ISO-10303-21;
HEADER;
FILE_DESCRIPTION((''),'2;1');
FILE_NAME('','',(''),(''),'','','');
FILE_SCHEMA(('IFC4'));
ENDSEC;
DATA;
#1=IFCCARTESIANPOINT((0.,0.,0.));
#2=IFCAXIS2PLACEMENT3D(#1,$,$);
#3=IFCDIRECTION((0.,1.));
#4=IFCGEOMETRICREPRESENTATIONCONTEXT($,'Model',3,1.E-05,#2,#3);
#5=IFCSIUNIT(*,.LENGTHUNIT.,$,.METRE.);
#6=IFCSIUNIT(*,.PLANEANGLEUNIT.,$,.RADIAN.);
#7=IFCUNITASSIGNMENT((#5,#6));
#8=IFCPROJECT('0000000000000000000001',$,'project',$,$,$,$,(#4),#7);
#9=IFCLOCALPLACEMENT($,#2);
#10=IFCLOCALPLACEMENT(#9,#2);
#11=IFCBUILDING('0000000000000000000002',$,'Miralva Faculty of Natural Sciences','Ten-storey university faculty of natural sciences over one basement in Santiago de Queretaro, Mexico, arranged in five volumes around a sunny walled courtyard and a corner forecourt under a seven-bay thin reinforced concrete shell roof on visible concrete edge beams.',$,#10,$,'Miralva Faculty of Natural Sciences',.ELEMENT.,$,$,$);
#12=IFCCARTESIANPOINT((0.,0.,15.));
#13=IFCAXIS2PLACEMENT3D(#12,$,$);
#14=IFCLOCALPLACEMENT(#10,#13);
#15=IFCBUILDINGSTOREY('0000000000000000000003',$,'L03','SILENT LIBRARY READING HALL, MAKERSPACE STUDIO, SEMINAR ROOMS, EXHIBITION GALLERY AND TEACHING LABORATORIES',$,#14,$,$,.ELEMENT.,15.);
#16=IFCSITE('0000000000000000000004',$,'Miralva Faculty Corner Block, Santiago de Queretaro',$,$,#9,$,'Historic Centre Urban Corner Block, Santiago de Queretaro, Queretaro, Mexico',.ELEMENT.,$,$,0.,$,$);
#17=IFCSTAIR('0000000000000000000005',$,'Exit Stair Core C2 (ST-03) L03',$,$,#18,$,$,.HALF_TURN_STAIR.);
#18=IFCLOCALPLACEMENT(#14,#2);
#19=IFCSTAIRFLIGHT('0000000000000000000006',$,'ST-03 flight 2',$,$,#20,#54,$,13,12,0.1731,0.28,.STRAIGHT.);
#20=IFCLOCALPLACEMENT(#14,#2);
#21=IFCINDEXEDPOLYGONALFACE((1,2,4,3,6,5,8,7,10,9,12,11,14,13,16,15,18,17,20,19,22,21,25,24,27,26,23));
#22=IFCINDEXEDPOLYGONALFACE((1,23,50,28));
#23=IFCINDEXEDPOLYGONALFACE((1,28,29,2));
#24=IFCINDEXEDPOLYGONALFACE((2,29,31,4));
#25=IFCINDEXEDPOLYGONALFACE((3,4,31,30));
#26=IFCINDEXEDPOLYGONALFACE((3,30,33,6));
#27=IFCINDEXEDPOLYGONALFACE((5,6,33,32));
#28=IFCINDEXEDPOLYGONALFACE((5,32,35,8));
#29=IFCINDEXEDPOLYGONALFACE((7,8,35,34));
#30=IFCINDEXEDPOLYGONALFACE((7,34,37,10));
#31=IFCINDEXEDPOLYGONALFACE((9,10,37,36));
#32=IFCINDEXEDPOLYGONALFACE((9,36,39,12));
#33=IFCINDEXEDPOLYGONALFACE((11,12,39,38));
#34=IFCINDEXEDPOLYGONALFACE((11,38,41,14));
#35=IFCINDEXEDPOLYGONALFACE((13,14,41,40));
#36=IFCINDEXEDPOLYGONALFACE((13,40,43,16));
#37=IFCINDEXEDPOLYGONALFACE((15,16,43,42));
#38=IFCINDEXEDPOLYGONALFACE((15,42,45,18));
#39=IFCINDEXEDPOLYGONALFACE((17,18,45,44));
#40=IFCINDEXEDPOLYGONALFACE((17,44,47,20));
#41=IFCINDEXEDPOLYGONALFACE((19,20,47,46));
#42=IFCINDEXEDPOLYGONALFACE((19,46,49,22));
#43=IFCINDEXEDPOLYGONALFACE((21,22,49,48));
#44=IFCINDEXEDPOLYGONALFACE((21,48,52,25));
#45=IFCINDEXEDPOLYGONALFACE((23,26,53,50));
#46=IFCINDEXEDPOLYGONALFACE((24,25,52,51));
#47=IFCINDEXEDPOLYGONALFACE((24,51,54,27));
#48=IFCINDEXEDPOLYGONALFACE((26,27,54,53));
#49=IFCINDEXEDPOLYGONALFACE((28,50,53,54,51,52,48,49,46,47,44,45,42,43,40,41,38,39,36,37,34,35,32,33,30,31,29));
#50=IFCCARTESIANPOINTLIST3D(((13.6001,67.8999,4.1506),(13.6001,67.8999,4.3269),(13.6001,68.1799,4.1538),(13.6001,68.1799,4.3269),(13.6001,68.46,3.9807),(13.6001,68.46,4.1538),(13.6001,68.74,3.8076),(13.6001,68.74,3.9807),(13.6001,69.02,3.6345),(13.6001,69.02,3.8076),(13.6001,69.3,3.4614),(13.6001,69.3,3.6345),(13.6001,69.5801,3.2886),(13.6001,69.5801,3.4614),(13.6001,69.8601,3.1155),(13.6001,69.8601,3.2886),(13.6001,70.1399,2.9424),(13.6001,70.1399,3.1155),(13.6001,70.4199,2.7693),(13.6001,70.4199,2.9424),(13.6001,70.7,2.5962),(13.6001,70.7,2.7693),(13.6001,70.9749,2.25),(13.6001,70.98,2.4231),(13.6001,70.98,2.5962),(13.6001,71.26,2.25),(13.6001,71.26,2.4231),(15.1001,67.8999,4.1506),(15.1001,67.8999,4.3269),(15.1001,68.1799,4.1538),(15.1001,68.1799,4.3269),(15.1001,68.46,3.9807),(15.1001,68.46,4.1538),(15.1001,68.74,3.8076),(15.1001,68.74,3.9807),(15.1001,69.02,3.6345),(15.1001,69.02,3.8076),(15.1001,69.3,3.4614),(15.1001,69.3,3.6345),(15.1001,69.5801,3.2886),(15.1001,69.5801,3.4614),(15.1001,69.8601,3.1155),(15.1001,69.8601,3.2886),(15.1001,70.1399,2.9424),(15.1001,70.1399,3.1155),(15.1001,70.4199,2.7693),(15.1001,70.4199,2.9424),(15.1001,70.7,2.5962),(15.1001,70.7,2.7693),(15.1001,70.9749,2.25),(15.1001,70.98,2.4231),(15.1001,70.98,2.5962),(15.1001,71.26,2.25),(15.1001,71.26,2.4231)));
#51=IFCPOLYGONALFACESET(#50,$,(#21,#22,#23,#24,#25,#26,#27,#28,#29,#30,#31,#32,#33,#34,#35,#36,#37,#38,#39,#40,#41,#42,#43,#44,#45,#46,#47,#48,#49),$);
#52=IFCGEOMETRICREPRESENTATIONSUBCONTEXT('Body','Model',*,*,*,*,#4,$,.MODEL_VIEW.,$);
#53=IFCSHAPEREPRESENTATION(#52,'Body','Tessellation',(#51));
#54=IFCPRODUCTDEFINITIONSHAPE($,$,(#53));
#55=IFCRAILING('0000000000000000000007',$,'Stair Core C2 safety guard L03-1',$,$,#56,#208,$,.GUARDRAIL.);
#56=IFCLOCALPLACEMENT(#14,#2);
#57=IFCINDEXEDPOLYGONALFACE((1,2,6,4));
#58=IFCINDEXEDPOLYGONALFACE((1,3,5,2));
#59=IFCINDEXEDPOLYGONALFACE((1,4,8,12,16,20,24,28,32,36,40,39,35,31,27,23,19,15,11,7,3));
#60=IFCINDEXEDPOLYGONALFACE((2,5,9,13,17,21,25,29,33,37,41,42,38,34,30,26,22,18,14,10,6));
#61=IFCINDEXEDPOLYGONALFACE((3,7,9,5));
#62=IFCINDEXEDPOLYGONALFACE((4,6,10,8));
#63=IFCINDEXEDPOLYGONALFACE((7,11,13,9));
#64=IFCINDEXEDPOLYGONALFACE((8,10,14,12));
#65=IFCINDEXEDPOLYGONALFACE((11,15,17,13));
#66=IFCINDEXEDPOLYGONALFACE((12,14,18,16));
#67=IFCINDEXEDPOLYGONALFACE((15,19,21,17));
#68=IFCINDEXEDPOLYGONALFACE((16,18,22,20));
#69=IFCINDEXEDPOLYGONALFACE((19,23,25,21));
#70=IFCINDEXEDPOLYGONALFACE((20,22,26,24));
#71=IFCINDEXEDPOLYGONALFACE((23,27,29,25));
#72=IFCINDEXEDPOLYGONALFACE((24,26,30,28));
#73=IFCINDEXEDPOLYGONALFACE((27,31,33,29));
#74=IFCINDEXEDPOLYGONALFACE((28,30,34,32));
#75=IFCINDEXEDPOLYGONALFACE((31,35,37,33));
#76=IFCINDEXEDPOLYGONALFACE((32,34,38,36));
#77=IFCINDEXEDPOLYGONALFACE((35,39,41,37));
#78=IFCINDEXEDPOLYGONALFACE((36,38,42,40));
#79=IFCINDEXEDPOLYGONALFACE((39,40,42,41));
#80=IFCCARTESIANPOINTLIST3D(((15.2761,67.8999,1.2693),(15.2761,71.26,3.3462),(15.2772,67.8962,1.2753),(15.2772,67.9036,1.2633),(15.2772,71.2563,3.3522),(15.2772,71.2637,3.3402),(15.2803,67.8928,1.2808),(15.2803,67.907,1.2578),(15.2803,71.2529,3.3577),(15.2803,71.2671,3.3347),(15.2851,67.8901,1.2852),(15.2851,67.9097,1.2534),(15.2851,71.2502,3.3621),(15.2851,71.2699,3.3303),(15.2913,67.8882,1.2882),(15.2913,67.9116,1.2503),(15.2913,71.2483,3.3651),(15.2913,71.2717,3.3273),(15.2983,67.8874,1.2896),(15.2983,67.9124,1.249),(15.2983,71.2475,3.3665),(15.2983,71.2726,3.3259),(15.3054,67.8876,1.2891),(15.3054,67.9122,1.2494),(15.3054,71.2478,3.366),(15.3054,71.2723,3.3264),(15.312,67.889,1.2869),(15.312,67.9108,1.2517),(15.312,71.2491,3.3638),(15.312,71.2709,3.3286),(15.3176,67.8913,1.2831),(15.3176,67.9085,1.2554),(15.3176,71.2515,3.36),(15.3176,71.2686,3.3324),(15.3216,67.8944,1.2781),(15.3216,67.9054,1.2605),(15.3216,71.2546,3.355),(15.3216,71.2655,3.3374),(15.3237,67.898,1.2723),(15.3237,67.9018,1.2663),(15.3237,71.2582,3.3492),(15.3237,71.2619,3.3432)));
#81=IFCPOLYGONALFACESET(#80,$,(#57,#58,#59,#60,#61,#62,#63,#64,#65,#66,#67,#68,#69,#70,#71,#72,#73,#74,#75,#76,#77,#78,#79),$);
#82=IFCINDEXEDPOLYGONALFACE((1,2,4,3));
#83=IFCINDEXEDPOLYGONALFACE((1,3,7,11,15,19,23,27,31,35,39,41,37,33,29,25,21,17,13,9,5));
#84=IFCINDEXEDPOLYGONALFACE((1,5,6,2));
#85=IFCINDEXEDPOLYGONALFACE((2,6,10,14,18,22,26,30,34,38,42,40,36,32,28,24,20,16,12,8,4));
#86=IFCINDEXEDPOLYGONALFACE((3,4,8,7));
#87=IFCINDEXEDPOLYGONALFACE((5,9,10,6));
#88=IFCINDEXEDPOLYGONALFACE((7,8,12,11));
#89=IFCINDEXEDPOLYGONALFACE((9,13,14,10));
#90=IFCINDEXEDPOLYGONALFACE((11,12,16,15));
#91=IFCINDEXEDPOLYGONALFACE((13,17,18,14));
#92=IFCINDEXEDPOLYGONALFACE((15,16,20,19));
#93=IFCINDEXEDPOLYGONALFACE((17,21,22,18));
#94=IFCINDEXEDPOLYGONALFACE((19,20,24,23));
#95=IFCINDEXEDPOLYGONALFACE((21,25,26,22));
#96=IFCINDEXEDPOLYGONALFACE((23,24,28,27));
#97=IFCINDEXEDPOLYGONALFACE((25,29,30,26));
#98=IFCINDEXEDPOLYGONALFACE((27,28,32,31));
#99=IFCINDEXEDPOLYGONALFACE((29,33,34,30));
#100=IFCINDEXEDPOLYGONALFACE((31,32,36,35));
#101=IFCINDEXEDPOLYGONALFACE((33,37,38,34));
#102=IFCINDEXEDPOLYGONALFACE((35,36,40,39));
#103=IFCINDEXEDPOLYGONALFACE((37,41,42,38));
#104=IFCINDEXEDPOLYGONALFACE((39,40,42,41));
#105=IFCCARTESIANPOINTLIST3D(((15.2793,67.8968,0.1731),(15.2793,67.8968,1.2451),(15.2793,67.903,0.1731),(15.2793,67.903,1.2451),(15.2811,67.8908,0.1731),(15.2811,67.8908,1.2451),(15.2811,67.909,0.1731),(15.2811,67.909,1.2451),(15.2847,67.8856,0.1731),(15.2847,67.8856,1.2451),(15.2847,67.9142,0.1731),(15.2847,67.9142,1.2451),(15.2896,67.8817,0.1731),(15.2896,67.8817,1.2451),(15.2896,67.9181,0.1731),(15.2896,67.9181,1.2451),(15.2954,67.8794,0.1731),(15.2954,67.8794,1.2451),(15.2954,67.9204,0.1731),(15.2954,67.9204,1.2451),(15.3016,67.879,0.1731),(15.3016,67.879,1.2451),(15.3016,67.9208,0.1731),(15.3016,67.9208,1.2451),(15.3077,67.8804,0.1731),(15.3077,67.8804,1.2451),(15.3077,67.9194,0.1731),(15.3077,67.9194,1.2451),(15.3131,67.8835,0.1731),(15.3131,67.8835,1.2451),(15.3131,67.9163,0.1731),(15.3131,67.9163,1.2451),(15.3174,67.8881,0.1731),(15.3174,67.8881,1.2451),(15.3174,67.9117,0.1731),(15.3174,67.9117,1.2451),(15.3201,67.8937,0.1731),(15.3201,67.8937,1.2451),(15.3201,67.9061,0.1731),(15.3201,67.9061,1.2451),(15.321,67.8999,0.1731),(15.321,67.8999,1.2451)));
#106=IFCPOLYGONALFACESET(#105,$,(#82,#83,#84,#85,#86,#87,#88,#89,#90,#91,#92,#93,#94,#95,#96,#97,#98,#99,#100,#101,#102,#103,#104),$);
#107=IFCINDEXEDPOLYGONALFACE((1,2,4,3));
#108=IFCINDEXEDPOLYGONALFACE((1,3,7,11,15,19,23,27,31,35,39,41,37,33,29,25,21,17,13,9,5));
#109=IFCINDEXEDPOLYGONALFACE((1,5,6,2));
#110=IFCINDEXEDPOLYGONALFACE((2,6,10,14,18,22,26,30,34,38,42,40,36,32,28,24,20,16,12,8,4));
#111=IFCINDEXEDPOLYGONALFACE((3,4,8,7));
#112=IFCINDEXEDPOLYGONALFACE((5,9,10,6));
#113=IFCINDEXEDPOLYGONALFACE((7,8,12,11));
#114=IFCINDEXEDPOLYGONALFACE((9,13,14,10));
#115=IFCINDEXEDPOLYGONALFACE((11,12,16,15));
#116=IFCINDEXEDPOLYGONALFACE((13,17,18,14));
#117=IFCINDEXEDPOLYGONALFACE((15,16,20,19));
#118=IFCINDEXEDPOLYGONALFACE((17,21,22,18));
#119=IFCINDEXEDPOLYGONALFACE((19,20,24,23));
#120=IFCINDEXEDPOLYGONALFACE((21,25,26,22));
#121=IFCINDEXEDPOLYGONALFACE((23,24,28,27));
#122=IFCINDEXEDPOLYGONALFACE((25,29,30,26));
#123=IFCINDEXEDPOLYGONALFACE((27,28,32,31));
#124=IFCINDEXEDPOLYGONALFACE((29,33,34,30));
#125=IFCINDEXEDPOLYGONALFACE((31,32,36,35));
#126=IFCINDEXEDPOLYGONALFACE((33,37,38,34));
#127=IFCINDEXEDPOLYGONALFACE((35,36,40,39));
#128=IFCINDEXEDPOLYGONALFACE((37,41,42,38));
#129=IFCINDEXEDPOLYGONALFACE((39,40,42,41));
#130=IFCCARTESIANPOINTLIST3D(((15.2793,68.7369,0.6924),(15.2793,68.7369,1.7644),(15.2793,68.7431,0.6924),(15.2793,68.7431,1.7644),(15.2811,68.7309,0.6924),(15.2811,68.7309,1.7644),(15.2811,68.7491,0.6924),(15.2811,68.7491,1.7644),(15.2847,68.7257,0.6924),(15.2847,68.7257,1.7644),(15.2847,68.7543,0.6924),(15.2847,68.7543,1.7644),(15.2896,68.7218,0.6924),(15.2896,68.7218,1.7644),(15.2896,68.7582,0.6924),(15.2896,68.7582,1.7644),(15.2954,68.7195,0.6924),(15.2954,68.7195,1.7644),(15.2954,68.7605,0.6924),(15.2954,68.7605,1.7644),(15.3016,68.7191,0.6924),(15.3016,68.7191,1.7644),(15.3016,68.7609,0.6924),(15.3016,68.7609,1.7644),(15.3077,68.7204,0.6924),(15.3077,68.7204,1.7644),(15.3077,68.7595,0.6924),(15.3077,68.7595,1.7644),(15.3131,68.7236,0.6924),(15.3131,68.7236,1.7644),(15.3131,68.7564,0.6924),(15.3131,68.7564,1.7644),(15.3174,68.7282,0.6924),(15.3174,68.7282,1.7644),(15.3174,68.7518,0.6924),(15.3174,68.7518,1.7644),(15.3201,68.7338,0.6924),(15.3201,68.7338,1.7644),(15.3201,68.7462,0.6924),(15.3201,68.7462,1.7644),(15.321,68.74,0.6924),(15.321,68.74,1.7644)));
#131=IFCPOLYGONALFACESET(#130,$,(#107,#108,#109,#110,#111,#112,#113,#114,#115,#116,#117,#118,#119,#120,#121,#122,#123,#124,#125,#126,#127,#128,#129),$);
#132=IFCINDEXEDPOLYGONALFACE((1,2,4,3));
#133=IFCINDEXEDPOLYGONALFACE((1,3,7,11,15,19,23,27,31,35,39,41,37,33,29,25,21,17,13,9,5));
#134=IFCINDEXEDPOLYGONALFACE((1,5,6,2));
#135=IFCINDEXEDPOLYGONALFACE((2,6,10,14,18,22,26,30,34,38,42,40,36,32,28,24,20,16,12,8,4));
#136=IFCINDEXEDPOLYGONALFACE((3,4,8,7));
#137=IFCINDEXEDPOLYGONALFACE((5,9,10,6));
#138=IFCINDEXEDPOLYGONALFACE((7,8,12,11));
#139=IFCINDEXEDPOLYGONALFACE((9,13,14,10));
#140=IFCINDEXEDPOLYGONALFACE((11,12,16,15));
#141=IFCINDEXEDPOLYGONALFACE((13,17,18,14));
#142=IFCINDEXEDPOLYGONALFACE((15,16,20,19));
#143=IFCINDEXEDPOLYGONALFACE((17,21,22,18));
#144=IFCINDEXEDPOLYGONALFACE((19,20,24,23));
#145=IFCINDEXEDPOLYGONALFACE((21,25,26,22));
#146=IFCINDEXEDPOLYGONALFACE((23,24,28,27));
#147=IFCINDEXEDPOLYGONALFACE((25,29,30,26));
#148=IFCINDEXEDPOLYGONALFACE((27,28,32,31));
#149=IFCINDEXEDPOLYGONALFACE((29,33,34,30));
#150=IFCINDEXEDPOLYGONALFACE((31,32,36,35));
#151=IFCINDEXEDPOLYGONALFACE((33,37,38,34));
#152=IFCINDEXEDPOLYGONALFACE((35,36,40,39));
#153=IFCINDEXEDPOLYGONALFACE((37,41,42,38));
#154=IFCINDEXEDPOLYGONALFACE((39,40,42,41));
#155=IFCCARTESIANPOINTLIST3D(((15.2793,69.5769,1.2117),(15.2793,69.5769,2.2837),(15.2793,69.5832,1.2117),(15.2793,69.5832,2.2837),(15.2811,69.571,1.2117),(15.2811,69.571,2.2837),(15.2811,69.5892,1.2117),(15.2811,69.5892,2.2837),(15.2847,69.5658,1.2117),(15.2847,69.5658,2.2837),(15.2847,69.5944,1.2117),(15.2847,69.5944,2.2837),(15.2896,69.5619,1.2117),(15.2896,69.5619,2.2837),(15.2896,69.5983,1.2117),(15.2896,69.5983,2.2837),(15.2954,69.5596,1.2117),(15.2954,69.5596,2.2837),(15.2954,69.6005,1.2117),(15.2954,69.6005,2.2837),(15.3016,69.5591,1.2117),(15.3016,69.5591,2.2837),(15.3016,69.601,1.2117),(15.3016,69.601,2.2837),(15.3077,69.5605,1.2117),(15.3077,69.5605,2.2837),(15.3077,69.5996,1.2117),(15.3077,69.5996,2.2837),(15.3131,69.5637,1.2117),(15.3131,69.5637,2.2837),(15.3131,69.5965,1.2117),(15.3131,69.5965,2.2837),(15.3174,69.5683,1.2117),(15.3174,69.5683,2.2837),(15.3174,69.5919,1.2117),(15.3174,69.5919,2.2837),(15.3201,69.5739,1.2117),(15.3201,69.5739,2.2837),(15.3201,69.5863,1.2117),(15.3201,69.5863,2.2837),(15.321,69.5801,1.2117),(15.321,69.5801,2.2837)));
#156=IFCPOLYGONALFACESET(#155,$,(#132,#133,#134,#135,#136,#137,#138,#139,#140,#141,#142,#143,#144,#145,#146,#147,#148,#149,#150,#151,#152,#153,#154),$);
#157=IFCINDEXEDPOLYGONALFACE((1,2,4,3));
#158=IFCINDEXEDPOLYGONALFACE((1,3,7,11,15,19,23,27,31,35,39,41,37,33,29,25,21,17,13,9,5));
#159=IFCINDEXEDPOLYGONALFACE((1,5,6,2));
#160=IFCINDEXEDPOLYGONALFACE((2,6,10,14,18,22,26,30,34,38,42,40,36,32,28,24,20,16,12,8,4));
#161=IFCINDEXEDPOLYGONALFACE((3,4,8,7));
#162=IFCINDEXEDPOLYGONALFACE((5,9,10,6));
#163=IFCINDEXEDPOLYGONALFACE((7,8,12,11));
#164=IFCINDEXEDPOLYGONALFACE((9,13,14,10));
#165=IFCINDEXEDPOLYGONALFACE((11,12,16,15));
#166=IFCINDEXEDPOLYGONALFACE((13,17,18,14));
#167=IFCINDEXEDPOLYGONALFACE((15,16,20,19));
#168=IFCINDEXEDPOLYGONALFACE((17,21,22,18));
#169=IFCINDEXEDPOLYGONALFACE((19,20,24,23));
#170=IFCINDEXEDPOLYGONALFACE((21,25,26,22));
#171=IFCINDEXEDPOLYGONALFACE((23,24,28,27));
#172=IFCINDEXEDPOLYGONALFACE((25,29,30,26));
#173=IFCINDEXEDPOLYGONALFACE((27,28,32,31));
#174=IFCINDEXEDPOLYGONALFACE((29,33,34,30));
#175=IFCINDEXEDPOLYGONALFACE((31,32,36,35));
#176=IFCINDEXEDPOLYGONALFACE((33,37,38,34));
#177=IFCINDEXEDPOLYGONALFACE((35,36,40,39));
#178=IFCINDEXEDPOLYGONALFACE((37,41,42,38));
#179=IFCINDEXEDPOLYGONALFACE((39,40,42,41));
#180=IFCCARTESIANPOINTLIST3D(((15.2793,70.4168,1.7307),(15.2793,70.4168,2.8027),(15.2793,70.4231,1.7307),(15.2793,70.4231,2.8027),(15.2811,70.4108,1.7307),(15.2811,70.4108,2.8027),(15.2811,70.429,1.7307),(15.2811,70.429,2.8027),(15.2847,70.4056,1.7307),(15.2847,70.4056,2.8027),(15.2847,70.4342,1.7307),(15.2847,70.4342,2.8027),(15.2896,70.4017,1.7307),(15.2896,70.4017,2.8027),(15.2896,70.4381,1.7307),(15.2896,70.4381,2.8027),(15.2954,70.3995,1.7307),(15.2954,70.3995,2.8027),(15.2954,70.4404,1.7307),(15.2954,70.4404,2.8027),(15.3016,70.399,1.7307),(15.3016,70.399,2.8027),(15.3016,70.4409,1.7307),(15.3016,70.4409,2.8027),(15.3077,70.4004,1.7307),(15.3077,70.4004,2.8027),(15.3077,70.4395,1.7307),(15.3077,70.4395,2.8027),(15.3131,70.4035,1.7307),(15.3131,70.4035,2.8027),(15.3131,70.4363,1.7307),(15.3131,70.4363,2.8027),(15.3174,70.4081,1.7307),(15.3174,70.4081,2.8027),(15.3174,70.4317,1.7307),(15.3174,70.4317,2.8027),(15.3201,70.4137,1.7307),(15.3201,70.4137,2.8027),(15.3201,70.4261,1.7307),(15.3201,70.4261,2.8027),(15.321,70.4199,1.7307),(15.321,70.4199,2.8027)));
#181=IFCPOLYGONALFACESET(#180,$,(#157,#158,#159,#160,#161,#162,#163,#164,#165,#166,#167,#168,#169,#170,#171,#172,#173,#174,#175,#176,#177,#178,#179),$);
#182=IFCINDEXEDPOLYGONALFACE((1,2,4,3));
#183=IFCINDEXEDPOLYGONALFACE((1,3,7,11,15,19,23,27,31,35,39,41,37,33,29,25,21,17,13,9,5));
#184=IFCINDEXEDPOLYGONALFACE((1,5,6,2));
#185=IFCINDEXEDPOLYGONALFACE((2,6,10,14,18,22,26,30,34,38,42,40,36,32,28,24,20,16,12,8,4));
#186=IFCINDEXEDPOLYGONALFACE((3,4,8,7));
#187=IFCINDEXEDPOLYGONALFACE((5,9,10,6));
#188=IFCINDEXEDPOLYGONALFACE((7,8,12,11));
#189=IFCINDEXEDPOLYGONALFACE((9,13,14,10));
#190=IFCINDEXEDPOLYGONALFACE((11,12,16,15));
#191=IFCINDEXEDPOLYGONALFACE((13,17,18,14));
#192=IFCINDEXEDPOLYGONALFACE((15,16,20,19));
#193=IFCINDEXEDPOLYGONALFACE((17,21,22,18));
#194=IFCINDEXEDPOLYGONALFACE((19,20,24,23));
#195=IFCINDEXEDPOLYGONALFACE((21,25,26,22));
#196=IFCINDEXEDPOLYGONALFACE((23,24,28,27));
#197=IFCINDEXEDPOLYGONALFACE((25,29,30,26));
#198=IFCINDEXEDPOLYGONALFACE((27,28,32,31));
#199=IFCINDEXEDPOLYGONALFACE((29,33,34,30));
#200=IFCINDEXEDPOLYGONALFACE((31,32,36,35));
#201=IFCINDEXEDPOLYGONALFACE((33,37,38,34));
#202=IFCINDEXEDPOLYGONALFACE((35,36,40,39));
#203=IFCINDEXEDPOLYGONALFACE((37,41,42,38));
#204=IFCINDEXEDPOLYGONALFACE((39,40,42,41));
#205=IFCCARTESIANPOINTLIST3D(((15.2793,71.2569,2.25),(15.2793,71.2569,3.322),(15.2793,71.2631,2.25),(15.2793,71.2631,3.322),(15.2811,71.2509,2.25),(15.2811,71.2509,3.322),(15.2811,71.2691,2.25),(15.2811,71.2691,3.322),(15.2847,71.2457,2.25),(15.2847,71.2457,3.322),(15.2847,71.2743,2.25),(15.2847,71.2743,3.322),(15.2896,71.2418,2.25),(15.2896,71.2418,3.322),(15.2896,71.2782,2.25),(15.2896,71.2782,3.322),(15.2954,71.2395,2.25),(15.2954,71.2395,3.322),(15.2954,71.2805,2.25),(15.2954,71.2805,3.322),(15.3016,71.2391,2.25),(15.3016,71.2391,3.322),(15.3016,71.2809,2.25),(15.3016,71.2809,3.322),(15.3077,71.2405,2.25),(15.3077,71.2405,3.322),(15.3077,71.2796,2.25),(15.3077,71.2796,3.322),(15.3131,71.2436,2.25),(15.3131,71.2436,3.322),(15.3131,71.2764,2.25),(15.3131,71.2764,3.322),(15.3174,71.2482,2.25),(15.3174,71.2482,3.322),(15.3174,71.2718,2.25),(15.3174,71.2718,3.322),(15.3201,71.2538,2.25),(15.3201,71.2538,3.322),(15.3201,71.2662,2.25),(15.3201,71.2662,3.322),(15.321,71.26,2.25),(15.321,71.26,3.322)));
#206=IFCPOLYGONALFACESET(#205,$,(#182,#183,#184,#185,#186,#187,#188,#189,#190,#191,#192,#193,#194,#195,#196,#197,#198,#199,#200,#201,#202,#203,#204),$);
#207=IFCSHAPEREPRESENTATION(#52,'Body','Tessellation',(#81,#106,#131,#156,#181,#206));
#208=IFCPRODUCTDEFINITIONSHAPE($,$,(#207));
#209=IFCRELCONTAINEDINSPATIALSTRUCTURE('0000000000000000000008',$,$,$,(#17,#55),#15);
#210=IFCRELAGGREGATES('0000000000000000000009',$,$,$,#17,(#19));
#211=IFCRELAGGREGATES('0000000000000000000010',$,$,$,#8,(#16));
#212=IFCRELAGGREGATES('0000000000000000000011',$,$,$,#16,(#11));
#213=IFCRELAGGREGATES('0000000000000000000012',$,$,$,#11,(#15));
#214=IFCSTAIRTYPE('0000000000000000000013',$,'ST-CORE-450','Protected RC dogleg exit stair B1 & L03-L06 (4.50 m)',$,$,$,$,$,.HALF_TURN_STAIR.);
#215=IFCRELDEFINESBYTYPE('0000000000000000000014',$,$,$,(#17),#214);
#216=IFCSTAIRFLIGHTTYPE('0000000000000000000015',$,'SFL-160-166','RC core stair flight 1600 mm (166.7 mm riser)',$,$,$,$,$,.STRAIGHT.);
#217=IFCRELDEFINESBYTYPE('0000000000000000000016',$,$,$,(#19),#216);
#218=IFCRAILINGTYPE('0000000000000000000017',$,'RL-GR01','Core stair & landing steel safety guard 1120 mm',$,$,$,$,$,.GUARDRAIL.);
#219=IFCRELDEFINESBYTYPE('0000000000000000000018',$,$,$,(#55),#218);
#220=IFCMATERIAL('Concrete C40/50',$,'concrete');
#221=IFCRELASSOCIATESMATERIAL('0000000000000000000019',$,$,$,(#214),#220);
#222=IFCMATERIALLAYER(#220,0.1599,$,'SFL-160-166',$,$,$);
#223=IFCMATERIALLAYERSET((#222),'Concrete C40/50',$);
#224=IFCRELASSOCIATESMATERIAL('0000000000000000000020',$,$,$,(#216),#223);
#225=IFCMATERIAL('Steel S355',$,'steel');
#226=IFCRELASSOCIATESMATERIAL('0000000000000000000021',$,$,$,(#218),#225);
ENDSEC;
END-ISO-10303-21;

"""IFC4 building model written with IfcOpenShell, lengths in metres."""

from ifc_helpers import new_model, si_unit, direction, frame, origin, origin_2d, place, context, subcontext, project, spatial, polyline, circle, outline, extrude, material, layer, layer_set, type_object, element, aggregate, save


model = new_model("IFC4")

# Units and contexts
model_context = context("Model", 3, precision=1e-05, world=origin(), true_north=direction((0.0, 1.0)))
body_context = subcontext(model_context, "Body", "Model", "MODEL_VIEW")
ifc_project = project(units=[si_unit("LENGTHUNIT", "METRE"), si_unit("PLANEANGLEUNIT", "RADIAN")], contexts=[model_context])

# Site, building, storey
site_placement = place(None, origin())
site = spatial("IfcSite", under=ifc_project, at=site_placement, Name="Miralva Faculty Corner Block, Santiago de Queretaro", LongName="Historic Centre Urban Corner Block, Santiago de Queretaro, Queretaro, Mexico", CompositionType="ELEMENT", RefElevation=0.0)
building_placement = place(site_placement, origin())
building = spatial("IfcBuilding", under=site, at=building_placement, Name="Miralva Faculty of Natural Sciences", Description="Ten-storey university faculty of natural sciences over one basement in Santiago de Queretaro, Mexico, arranged in five volumes around a sunny walled courtyard and a corner forecourt under a seven-bay thin reinforced concrete shell roof on visible concrete edge beams.", LongName="Miralva Faculty of Natural Sciences", CompositionType="ELEMENT")
storey_placement = place(building_placement, frame((0.0, 0.0, 15.0)))
storey = spatial("IfcBuildingStorey", under=building, at=storey_placement, Name="L03", Description="SILENT LIBRARY READING HALL, MAKERSPACE STUDIO, SEMINAR ROOMS, EXHIBITION GALLERY AND TEACHING LABORATORIES", CompositionType="ELEMENT", Elevation=15.0)

# Shared definitions
ifc_material_1 = material(Name="Concrete C40/50", Category="concrete")

# Stair, stair flight
stair_type = type_object("IfcStairType", Name="ST-CORE-450", Description="Protected RC dogleg exit stair B1 & L03-L06 (4.50 m)", PredefinedType="HALF_TURN_STAIR", material=ifc_material_1)
stair_placement = place(storey_placement, origin())
stair = element("IfcStair", 1, at=stair_placement, inside=storey, type_object=stair_type, Name="Exit Stair Core C2 (ST-03) L03", PredefinedType="HALF_TURN_STAIR")
ifc_layer_1 = layer(ifc_material_1, 0.1599, Name="SFL-160-166")
ifc_layer_set_1 = layer_set([ifc_layer_1], Name="Concrete C40/50")
stair_flight_type = type_object("IfcStairFlightType", Name="SFL-160-166", Description="RC core stair flight 1600 mm (166.7 mm riser)", PredefinedType="STRAIGHT", material=ifc_layer_set_1)
stair_flight_1_placement = place(storey_placement, frame((14.3501, 71.26, 2.25), z_axis=(0.0, 0.0, 1.0), x_axis=(0.0, -1.0, 0.0)))
stair_flight_1 = element("IfcStairFlight", 2, at=stair_flight_1_placement, type_object=stair_flight_type, Name="ST-03 flight 2", NumberOfRisers=13, NumberOfTreads=12, PredefinedType="STRAIGHT", RiserHeight=0.1731, TreadLength=0.28, context=body_context, shape_type="SweptSolid", body=[
    extrude(outline(polyline([(0.0, 0.0), (0.0, 0.1731), (0.28, 0.1731), (0.28, 0.3462), (0.5601, 0.3462), (0.5601, 0.5193), (0.8401, 0.5193), (0.8401, 0.6924), (1.1201, 0.6924), (1.1201, 0.8655), (1.3999, 0.8655), (1.3999, 1.0386), (1.6799, 1.0386), (1.6799, 1.2114), (1.96, 1.2114), (1.96, 1.3845), (2.24, 1.3845), (2.24, 1.5576), (2.52, 1.5576), (2.52, 1.7307), (2.8, 1.7307), (2.8, 1.9038), (3.0801, 1.9038), (3.0801, 2.0769), (3.3601, 2.0769), (3.3601, 2.25), (3.3601, 1.9006), (0.2852, 0.0), (0.0, 0.0)])), frame((0.0, 0.75, 0.0), z_axis=(0.0, -1.0, 0.0), x_axis=(1.0, 0.0, 0.0)), (0.0, 0.0, 1.0), 1.5),
])
aggregate(stair, [stair_flight_1])

# Railing
ifc_material_2 = material(Name="Steel S355", Category="steel")
railing_type_1 = type_object("IfcRailingType", Name="RL-GR01", Description="Core stair & landing steel safety guard 1120 mm", PredefinedType="GUARDRAIL", material=ifc_material_2)
railing_1_placement = place(storey_placement, frame((15.3, 67.8999, 0.1731)))
element("IfcRailing", 3, at=railing_1_placement, inside=storey, type_object=railing_type_1, Name="Stair Core C2 safety guard L03-1", PredefinedType="GUARDRAIL", context=body_context, shape_type="SweptSolid", body=[
    extrude(circle(Radius=0.0239, at=origin_2d()), frame((0.0, 0.0, 1.0962), z_axis=(0.0, 0.850623, 0.525776), x_axis=(-1.0, 0.0, 0.0)), (0.0, 0.0, 1.0), 3.9502),
    extrude(circle(Radius=0.021, at=origin_2d()), origin(), (0.0, 0.0, 1.0), 1.072),
    extrude(circle(Radius=0.021, at=origin_2d()), frame((0.0, 0.8401, 0.5193)), (0.0, 0.0, 1.0), 1.072),
    extrude(circle(Radius=0.021, at=origin_2d()), frame((0.0, 1.6802, 1.0386)), (0.0, 0.0, 1.0), 1.072),
    extrude(circle(Radius=0.021, at=origin_2d()), frame((0.0, 2.52, 1.5576)), (0.0, 0.0, 1.0), 1.072),
    extrude(circle(Radius=0.021, at=origin_2d()), frame((0.0, 3.3601, 2.0769)), (0.0, 0.0, 1.0), 1.072),
])

save(model, "model.ifc")
